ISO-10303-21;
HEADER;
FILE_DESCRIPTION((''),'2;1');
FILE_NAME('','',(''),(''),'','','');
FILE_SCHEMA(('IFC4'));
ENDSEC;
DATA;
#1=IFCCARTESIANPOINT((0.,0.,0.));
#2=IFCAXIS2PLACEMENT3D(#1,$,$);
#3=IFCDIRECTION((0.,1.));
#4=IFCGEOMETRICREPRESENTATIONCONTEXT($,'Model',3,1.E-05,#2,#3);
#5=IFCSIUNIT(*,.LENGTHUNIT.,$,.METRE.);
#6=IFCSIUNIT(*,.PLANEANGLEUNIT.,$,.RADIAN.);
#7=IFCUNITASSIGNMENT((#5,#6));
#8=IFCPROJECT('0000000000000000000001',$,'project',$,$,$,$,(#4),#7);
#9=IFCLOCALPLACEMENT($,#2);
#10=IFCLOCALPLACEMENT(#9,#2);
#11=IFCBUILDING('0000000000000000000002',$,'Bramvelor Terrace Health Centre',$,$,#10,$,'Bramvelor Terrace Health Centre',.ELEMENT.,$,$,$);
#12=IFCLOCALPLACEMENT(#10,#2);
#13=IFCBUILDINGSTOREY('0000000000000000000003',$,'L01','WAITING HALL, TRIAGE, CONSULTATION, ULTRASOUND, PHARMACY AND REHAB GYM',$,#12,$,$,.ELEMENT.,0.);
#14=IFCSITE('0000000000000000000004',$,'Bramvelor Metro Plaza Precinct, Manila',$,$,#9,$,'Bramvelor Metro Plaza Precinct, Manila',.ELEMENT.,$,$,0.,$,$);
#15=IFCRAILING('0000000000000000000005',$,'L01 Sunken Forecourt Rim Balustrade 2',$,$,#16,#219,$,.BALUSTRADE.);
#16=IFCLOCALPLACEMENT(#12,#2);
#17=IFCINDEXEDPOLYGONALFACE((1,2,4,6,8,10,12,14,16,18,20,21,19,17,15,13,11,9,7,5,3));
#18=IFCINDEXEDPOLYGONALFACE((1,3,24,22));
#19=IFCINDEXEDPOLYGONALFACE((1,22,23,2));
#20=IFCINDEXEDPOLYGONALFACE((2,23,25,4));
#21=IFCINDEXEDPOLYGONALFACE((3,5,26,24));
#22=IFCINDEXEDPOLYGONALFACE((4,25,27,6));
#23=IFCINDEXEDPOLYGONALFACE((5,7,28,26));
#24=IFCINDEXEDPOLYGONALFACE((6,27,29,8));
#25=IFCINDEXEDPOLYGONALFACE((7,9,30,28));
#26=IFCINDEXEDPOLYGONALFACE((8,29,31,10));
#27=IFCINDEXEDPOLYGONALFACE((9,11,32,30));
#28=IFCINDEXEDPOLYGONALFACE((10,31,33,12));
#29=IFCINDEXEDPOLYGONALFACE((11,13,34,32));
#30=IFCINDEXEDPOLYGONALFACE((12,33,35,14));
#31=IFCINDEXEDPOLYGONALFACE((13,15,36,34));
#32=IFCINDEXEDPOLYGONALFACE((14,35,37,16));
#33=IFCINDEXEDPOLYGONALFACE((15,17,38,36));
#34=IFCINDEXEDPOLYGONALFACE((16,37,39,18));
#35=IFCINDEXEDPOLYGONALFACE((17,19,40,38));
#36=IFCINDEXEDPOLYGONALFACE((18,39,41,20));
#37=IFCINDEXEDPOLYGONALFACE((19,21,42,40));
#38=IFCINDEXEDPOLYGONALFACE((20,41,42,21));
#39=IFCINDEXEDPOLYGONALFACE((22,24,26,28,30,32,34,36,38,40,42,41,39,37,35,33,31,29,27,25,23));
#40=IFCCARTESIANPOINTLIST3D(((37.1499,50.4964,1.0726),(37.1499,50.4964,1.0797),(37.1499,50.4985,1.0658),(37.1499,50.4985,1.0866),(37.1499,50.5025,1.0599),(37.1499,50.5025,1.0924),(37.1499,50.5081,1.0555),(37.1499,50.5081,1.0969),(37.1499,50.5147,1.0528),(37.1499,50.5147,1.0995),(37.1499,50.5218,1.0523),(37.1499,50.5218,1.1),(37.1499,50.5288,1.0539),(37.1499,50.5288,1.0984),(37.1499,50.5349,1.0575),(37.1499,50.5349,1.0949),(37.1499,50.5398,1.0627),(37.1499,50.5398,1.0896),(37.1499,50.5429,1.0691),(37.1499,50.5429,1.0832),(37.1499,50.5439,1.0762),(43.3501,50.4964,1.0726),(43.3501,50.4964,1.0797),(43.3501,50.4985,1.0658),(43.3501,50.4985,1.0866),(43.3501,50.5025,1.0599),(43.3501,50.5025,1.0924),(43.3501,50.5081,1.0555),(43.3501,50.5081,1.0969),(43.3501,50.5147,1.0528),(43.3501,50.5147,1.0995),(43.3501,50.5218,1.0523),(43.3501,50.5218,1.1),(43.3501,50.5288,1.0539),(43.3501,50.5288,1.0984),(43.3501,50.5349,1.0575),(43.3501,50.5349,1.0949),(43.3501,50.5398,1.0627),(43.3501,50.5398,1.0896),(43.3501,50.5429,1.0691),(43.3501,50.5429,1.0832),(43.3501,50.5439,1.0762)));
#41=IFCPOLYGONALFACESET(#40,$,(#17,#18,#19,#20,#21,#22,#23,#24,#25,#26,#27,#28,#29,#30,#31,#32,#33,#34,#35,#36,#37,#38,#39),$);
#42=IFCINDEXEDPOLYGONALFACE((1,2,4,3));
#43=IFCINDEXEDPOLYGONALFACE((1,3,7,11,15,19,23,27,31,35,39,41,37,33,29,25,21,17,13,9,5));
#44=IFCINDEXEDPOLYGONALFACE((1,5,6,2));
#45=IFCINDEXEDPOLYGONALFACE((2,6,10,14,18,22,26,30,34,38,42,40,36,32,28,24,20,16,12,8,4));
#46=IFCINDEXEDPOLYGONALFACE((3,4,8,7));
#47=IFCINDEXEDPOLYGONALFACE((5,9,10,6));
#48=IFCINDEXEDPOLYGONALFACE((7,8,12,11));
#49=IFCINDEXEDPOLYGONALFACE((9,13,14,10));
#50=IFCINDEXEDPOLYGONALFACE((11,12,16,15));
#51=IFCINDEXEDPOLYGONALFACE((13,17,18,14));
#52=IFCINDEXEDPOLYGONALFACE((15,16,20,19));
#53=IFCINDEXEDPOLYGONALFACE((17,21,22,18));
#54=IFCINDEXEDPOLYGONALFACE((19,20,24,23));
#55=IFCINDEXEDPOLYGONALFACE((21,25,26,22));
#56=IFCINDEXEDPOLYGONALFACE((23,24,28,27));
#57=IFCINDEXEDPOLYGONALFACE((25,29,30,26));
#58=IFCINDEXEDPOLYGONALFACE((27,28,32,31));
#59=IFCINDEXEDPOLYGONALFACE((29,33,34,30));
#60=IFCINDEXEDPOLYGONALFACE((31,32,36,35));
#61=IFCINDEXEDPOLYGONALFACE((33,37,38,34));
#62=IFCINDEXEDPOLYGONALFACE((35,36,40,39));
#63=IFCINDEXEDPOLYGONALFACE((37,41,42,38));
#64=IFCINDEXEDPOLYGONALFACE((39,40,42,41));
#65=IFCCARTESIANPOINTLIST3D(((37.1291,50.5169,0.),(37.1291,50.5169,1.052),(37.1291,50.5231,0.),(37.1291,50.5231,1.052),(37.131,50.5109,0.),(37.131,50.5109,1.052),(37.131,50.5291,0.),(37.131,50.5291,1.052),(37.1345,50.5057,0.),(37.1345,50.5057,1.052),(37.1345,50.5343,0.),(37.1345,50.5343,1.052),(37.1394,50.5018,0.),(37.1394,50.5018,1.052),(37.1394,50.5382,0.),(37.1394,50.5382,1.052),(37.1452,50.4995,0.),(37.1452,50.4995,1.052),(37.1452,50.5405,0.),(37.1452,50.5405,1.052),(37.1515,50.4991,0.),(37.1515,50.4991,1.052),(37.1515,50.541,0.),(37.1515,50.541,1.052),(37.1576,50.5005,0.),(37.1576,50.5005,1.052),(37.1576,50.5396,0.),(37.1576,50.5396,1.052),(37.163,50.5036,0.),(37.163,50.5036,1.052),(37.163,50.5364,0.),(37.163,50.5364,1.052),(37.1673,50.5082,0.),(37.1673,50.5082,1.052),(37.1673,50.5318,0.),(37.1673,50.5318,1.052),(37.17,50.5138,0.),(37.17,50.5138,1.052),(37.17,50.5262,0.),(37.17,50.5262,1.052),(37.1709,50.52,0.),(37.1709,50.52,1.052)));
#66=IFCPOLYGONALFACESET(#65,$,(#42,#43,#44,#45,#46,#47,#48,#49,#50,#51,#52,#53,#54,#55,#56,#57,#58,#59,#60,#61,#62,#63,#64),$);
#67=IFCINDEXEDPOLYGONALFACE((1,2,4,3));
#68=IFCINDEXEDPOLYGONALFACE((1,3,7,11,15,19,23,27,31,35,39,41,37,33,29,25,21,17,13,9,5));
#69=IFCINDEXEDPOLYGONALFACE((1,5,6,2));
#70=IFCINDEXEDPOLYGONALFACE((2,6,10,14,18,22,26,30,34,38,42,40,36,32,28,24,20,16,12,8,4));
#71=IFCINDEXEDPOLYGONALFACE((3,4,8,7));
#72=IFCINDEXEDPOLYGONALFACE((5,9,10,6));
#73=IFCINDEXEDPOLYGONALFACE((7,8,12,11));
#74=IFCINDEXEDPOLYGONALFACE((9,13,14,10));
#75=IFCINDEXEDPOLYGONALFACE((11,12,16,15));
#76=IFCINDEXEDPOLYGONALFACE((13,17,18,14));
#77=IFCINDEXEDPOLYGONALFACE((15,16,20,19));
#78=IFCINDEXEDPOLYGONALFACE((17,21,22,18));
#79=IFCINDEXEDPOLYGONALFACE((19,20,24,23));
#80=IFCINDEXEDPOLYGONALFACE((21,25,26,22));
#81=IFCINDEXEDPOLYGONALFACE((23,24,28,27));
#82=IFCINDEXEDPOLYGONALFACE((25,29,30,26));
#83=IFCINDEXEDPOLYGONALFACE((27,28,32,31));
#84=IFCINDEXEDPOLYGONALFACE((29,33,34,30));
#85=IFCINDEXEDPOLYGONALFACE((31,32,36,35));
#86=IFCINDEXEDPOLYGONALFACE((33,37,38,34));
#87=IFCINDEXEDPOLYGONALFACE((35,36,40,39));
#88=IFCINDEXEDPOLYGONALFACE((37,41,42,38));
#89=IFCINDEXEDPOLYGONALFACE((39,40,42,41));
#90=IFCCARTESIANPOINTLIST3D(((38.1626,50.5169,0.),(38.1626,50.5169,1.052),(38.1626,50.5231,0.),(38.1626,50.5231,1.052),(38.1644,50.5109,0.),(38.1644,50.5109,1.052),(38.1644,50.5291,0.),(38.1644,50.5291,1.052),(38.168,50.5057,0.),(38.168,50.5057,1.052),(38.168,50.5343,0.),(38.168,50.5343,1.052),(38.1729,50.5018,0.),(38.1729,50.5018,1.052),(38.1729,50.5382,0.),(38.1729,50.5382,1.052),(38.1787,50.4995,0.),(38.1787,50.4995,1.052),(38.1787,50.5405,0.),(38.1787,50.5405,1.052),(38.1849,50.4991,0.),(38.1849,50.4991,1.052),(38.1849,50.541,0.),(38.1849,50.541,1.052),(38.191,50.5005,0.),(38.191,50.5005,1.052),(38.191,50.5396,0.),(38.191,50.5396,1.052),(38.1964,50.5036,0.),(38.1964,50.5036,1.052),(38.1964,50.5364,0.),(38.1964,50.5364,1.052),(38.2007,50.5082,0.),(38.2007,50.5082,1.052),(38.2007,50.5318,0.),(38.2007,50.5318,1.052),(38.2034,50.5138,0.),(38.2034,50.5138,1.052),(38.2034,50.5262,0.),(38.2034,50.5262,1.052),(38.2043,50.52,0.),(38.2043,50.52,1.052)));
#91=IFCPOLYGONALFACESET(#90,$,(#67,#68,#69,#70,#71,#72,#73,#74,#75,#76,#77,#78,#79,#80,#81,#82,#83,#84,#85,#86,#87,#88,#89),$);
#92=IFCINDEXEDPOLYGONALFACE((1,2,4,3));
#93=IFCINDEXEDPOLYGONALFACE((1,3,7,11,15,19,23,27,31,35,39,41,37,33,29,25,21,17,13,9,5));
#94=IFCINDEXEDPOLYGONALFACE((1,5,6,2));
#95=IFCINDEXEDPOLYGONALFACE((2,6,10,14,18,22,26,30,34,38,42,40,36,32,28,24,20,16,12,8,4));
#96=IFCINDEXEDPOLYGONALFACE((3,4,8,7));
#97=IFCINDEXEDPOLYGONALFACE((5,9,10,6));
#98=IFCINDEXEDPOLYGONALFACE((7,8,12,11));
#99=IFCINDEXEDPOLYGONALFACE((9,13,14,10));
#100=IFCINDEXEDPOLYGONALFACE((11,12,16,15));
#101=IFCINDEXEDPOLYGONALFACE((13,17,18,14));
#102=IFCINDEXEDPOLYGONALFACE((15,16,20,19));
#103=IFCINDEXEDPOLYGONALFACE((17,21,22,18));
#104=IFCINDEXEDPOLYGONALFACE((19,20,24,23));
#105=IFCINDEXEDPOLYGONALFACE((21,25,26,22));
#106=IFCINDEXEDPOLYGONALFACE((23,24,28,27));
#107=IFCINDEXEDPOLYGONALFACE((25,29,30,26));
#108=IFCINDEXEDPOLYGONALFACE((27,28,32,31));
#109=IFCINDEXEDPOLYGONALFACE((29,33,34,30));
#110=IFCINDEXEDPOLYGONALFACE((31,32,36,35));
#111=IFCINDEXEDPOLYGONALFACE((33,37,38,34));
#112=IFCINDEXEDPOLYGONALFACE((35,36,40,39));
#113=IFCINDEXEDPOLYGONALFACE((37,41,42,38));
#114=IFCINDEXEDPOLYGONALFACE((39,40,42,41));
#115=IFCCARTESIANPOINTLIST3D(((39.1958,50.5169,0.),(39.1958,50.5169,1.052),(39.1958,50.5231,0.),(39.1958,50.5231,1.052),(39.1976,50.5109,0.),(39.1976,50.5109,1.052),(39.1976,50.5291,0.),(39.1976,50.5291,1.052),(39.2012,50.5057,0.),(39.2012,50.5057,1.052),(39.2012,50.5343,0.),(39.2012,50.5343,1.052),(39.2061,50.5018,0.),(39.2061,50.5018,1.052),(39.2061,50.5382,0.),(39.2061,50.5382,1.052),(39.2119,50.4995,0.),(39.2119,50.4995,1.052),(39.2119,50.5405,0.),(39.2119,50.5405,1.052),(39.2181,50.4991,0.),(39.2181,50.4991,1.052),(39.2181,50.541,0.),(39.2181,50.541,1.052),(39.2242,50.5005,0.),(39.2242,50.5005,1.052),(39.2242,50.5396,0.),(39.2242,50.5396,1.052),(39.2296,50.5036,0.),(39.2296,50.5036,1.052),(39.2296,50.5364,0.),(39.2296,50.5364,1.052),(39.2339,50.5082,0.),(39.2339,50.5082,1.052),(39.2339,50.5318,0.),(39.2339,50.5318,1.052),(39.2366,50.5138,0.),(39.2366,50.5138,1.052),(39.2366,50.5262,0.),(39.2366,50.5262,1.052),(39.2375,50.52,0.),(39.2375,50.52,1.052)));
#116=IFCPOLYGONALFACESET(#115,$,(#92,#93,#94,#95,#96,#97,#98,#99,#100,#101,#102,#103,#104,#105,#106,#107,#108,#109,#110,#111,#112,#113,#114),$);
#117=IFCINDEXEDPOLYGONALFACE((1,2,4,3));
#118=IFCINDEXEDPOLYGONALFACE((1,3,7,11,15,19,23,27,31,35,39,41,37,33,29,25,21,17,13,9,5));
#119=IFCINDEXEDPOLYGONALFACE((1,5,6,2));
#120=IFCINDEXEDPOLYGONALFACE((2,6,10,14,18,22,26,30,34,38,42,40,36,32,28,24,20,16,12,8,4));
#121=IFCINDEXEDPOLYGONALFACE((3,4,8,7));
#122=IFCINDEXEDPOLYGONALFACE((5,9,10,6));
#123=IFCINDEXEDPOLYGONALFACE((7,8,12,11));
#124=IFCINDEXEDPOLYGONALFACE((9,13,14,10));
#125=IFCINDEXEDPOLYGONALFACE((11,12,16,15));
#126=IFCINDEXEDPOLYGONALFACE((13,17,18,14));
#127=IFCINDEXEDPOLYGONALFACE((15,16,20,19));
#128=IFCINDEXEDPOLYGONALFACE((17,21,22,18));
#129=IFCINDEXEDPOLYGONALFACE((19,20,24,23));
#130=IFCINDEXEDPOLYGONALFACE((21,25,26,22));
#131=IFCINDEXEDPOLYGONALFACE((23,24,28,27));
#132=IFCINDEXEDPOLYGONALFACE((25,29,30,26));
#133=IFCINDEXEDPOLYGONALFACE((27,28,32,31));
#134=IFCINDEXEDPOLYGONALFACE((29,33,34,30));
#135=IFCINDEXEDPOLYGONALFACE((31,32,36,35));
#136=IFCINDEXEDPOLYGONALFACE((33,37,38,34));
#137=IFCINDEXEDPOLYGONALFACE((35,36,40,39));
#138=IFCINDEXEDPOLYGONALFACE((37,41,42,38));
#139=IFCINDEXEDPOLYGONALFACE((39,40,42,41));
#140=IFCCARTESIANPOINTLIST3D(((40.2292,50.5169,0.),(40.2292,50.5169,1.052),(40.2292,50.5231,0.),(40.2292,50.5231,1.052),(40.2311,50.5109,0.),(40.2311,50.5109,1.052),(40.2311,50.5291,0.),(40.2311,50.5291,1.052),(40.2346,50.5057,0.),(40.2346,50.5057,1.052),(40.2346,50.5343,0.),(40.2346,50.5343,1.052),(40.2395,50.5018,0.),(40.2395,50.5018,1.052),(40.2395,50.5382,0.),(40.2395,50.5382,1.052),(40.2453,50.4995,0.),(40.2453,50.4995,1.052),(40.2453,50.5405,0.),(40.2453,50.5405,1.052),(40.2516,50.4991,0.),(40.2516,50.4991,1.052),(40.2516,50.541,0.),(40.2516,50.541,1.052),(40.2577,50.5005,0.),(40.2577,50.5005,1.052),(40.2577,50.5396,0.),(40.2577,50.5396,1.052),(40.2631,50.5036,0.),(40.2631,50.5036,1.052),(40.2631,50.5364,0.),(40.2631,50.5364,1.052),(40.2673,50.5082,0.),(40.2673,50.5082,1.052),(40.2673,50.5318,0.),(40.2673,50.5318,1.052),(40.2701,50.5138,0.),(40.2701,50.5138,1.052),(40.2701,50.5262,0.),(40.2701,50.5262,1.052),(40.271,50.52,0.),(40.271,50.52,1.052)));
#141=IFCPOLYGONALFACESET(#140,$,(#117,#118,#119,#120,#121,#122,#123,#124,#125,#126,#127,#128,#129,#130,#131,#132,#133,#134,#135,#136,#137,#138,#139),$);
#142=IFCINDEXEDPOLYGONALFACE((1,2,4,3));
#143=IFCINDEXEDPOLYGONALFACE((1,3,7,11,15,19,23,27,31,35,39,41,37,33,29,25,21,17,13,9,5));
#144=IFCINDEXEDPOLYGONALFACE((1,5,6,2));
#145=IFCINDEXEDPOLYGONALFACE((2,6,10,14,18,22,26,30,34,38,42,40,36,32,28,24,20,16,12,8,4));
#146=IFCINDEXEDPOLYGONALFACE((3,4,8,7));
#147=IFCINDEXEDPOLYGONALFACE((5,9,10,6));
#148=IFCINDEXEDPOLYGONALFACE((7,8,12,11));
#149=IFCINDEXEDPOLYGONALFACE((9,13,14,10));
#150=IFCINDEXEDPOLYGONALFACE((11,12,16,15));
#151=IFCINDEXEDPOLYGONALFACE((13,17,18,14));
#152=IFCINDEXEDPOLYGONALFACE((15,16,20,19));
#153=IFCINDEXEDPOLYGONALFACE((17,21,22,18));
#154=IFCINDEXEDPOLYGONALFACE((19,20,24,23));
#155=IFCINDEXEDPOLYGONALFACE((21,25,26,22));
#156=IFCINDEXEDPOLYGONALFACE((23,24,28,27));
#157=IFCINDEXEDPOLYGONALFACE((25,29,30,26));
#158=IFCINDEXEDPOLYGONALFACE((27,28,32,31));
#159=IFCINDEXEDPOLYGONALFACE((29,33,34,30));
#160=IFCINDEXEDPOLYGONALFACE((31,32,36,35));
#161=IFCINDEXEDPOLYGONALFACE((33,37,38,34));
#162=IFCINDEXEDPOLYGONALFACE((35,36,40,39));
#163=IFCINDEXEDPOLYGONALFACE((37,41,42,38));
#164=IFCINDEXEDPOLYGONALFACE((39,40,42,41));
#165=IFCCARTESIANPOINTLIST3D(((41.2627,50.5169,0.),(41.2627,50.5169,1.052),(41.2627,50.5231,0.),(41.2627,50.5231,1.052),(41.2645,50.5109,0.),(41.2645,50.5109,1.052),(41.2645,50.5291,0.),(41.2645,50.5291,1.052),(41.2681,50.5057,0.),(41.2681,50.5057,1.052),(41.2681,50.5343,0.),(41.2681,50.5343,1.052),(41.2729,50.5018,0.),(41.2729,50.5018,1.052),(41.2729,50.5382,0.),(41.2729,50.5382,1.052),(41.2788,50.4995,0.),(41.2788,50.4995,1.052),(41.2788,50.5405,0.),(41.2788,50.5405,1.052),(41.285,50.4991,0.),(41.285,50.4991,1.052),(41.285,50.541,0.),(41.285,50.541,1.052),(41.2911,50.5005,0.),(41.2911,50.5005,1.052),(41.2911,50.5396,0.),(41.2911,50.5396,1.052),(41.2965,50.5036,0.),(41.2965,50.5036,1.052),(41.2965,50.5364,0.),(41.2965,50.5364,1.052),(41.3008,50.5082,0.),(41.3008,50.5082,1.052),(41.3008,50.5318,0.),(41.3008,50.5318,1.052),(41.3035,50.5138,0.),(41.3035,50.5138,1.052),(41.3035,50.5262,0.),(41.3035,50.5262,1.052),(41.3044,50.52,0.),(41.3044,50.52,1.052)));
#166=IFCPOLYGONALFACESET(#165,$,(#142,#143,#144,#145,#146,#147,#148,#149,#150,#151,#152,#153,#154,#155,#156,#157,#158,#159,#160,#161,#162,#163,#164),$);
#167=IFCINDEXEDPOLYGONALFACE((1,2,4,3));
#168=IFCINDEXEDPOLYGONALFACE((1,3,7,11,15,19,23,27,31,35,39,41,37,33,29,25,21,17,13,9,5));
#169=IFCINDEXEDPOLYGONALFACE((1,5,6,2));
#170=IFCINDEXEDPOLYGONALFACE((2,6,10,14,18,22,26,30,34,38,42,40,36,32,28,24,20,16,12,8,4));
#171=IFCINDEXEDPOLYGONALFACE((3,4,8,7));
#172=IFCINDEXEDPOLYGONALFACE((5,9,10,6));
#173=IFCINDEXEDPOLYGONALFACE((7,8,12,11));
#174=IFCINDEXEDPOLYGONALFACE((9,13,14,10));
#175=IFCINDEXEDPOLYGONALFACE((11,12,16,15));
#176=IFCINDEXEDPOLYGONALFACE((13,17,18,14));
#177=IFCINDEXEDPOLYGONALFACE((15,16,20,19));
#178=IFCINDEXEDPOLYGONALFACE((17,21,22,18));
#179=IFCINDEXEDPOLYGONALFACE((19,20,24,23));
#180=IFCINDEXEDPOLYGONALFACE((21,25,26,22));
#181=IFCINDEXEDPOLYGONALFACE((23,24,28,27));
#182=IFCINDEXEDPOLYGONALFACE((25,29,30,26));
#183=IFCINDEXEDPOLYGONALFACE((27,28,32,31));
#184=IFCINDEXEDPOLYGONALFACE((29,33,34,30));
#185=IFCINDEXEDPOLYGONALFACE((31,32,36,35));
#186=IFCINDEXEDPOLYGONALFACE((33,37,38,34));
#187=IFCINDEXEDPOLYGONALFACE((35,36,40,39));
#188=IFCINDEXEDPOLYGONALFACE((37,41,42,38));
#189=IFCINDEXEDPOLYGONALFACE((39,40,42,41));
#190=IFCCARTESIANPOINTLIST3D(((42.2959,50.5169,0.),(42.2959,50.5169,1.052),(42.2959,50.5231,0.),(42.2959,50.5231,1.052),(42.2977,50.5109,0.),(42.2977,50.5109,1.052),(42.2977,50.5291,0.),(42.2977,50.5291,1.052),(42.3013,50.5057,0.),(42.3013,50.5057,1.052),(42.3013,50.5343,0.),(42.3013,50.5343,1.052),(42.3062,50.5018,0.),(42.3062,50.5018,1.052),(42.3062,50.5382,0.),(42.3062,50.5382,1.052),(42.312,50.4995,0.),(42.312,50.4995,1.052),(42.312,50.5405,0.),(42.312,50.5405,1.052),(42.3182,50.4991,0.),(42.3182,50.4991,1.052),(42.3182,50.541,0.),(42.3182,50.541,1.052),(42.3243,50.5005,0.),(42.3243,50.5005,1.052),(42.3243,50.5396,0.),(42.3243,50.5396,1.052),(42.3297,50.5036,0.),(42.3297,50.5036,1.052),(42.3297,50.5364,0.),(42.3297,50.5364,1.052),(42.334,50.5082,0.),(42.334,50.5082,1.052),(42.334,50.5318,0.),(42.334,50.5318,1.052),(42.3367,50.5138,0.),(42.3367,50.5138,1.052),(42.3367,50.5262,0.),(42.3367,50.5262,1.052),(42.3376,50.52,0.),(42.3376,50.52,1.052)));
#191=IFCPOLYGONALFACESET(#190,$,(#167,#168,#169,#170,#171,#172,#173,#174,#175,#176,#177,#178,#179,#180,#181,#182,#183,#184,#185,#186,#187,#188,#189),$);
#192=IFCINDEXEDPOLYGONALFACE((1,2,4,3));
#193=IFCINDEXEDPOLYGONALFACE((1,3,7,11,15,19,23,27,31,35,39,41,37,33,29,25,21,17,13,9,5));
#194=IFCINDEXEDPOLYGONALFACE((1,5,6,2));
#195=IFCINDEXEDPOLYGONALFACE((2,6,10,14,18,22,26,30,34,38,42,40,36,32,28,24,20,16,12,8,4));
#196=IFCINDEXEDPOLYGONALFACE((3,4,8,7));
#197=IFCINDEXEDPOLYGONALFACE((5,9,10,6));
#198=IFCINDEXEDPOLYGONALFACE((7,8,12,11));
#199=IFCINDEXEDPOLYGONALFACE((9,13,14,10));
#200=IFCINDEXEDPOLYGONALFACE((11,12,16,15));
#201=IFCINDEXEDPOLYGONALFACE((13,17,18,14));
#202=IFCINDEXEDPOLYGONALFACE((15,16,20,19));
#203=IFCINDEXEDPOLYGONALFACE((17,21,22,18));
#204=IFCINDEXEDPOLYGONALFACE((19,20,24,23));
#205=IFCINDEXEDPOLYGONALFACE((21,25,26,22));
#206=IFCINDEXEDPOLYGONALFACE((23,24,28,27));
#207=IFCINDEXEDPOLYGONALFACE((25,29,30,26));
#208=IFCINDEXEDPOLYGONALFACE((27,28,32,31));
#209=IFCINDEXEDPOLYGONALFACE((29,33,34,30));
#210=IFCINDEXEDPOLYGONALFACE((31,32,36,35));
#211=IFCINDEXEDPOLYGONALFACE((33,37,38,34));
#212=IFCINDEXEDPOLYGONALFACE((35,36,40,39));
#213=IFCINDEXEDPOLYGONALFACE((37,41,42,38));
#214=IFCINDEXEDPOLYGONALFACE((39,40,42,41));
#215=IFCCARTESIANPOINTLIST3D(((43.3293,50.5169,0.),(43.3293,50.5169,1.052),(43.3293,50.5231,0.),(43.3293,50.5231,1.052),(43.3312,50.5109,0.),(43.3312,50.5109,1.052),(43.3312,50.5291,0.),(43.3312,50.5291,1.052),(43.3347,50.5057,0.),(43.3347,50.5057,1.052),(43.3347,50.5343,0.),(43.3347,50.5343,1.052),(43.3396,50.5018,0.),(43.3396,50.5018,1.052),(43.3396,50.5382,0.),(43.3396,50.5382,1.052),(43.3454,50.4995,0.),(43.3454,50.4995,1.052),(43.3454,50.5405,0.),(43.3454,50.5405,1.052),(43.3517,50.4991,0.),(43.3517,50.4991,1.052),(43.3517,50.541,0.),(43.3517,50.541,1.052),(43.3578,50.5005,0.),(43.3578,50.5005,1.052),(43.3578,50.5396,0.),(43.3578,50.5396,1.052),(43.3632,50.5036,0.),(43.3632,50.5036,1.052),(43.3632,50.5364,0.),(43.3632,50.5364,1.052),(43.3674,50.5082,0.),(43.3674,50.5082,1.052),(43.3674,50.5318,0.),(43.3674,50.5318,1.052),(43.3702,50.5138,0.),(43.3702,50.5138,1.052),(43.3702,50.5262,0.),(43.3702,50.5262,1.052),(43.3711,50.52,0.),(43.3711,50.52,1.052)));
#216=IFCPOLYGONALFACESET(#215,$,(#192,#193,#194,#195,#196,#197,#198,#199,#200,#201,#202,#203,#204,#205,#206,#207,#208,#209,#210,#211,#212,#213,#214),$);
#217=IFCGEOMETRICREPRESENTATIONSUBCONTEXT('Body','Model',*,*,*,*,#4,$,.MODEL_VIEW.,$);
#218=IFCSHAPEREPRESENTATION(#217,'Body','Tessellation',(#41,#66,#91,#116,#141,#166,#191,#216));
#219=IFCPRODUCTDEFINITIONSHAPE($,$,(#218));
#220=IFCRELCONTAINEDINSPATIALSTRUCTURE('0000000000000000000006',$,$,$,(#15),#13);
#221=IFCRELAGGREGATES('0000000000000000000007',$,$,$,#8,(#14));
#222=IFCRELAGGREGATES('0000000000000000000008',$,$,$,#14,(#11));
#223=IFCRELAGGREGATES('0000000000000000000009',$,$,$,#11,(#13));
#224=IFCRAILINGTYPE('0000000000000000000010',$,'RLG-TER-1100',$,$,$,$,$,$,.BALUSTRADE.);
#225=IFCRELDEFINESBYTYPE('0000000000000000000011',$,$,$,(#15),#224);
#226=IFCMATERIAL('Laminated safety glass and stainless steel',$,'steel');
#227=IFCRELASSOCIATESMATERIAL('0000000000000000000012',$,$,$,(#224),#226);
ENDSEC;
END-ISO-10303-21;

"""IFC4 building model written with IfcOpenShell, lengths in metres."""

from ifc_helpers import new_model, si_unit, direction, frame, origin, origin_2d, place, context, subcontext, project, spatial, circle, extrude, material, type_object, element, save


model = new_model("IFC4")

# Units and contexts
model_context = context("Model", 3, precision=1e-05, world=origin(), true_north=direction((0.0, 1.0)))
body_context = subcontext(model_context, "Body", "Model", "MODEL_VIEW")
ifc_project = project(units=[si_unit("LENGTHUNIT", "METRE"), si_unit("PLANEANGLEUNIT", "RADIAN")], contexts=[model_context])

# Site, building, storey
site_placement = place(None, origin())
site = spatial("IfcSite", under=ifc_project, at=site_placement, Name="Bramvelor Metro Plaza Precinct, Manila", LongName="Bramvelor Metro Plaza Precinct, Manila", CompositionType="ELEMENT", RefElevation=0.0)
building_placement = place(site_placement, origin())
building = spatial("IfcBuilding", under=site, at=building_placement, Name="Bramvelor Terrace Health Centre", LongName="Bramvelor Terrace Health Centre", CompositionType="ELEMENT")
storey_placement = place(building_placement, origin())
storey = spatial("IfcBuildingStorey", under=building, at=storey_placement, Name="L01", Description="WAITING HALL, TRIAGE, CONSULTATION, ULTRASOUND, PHARMACY AND REHAB GYM", CompositionType="ELEMENT", Elevation=0.0)

# Railing
ifc_material_1 = material(Name="Laminated safety glass and stainless steel", Category="steel")
railing_type_1 = type_object("IfcRailingType", Name="RLG-TER-1100", PredefinedType="BALUSTRADE", material=ifc_material_1)
railing_1_placement = place(storey_placement, frame((37.1499, 50.52, 0.0)))
element("IfcRailing", 1, at=railing_1_placement, inside=storey, type_object=railing_type_1, Name="L01 Sunken Forecourt Rim Balustrade 2", PredefinedType="BALUSTRADE", context=body_context, shape_type="SweptSolid", body=[
    extrude(circle(Radius=0.0239, at=origin_2d()), frame((0.0, 0.0, 1.0762), z_axis=(1.0, 0.0, 0.0), x_axis=(0.0, 1.0, 0.0)), (0.0, 0.0, 1.0), 6.2002),
    extrude(circle(Radius=0.021, at=origin_2d()), origin(), (0.0, 0.0, 1.0), 1.052),
    extrude(circle(Radius=0.021, at=origin_2d()), frame((1.0334, 0.0, 0.0)), (0.0, 0.0, 1.0), 1.052),
    extrude(circle(Radius=0.021, at=origin_2d()), frame((2.0667, 0.0, 0.0)), (0.0, 0.0, 1.0), 1.052),
    extrude(circle(Radius=0.021, at=origin_2d()), frame((3.1001, 0.0, 0.0)), (0.0, 0.0, 1.0), 1.052),
    extrude(circle(Radius=0.021, at=origin_2d()), frame((4.1335, 0.0, 0.0)), (0.0, 0.0, 1.0), 1.052),
    extrude(circle(Radius=0.021, at=origin_2d()), frame((5.1667, 0.0, 0.0)), (0.0, 0.0, 1.0), 1.052),
    extrude(circle(Radius=0.021, at=origin_2d()), frame((6.2002, 0.0, 0.0)), (0.0, 0.0, 1.0), 1.052),
])

save(model, "model.ifc")
